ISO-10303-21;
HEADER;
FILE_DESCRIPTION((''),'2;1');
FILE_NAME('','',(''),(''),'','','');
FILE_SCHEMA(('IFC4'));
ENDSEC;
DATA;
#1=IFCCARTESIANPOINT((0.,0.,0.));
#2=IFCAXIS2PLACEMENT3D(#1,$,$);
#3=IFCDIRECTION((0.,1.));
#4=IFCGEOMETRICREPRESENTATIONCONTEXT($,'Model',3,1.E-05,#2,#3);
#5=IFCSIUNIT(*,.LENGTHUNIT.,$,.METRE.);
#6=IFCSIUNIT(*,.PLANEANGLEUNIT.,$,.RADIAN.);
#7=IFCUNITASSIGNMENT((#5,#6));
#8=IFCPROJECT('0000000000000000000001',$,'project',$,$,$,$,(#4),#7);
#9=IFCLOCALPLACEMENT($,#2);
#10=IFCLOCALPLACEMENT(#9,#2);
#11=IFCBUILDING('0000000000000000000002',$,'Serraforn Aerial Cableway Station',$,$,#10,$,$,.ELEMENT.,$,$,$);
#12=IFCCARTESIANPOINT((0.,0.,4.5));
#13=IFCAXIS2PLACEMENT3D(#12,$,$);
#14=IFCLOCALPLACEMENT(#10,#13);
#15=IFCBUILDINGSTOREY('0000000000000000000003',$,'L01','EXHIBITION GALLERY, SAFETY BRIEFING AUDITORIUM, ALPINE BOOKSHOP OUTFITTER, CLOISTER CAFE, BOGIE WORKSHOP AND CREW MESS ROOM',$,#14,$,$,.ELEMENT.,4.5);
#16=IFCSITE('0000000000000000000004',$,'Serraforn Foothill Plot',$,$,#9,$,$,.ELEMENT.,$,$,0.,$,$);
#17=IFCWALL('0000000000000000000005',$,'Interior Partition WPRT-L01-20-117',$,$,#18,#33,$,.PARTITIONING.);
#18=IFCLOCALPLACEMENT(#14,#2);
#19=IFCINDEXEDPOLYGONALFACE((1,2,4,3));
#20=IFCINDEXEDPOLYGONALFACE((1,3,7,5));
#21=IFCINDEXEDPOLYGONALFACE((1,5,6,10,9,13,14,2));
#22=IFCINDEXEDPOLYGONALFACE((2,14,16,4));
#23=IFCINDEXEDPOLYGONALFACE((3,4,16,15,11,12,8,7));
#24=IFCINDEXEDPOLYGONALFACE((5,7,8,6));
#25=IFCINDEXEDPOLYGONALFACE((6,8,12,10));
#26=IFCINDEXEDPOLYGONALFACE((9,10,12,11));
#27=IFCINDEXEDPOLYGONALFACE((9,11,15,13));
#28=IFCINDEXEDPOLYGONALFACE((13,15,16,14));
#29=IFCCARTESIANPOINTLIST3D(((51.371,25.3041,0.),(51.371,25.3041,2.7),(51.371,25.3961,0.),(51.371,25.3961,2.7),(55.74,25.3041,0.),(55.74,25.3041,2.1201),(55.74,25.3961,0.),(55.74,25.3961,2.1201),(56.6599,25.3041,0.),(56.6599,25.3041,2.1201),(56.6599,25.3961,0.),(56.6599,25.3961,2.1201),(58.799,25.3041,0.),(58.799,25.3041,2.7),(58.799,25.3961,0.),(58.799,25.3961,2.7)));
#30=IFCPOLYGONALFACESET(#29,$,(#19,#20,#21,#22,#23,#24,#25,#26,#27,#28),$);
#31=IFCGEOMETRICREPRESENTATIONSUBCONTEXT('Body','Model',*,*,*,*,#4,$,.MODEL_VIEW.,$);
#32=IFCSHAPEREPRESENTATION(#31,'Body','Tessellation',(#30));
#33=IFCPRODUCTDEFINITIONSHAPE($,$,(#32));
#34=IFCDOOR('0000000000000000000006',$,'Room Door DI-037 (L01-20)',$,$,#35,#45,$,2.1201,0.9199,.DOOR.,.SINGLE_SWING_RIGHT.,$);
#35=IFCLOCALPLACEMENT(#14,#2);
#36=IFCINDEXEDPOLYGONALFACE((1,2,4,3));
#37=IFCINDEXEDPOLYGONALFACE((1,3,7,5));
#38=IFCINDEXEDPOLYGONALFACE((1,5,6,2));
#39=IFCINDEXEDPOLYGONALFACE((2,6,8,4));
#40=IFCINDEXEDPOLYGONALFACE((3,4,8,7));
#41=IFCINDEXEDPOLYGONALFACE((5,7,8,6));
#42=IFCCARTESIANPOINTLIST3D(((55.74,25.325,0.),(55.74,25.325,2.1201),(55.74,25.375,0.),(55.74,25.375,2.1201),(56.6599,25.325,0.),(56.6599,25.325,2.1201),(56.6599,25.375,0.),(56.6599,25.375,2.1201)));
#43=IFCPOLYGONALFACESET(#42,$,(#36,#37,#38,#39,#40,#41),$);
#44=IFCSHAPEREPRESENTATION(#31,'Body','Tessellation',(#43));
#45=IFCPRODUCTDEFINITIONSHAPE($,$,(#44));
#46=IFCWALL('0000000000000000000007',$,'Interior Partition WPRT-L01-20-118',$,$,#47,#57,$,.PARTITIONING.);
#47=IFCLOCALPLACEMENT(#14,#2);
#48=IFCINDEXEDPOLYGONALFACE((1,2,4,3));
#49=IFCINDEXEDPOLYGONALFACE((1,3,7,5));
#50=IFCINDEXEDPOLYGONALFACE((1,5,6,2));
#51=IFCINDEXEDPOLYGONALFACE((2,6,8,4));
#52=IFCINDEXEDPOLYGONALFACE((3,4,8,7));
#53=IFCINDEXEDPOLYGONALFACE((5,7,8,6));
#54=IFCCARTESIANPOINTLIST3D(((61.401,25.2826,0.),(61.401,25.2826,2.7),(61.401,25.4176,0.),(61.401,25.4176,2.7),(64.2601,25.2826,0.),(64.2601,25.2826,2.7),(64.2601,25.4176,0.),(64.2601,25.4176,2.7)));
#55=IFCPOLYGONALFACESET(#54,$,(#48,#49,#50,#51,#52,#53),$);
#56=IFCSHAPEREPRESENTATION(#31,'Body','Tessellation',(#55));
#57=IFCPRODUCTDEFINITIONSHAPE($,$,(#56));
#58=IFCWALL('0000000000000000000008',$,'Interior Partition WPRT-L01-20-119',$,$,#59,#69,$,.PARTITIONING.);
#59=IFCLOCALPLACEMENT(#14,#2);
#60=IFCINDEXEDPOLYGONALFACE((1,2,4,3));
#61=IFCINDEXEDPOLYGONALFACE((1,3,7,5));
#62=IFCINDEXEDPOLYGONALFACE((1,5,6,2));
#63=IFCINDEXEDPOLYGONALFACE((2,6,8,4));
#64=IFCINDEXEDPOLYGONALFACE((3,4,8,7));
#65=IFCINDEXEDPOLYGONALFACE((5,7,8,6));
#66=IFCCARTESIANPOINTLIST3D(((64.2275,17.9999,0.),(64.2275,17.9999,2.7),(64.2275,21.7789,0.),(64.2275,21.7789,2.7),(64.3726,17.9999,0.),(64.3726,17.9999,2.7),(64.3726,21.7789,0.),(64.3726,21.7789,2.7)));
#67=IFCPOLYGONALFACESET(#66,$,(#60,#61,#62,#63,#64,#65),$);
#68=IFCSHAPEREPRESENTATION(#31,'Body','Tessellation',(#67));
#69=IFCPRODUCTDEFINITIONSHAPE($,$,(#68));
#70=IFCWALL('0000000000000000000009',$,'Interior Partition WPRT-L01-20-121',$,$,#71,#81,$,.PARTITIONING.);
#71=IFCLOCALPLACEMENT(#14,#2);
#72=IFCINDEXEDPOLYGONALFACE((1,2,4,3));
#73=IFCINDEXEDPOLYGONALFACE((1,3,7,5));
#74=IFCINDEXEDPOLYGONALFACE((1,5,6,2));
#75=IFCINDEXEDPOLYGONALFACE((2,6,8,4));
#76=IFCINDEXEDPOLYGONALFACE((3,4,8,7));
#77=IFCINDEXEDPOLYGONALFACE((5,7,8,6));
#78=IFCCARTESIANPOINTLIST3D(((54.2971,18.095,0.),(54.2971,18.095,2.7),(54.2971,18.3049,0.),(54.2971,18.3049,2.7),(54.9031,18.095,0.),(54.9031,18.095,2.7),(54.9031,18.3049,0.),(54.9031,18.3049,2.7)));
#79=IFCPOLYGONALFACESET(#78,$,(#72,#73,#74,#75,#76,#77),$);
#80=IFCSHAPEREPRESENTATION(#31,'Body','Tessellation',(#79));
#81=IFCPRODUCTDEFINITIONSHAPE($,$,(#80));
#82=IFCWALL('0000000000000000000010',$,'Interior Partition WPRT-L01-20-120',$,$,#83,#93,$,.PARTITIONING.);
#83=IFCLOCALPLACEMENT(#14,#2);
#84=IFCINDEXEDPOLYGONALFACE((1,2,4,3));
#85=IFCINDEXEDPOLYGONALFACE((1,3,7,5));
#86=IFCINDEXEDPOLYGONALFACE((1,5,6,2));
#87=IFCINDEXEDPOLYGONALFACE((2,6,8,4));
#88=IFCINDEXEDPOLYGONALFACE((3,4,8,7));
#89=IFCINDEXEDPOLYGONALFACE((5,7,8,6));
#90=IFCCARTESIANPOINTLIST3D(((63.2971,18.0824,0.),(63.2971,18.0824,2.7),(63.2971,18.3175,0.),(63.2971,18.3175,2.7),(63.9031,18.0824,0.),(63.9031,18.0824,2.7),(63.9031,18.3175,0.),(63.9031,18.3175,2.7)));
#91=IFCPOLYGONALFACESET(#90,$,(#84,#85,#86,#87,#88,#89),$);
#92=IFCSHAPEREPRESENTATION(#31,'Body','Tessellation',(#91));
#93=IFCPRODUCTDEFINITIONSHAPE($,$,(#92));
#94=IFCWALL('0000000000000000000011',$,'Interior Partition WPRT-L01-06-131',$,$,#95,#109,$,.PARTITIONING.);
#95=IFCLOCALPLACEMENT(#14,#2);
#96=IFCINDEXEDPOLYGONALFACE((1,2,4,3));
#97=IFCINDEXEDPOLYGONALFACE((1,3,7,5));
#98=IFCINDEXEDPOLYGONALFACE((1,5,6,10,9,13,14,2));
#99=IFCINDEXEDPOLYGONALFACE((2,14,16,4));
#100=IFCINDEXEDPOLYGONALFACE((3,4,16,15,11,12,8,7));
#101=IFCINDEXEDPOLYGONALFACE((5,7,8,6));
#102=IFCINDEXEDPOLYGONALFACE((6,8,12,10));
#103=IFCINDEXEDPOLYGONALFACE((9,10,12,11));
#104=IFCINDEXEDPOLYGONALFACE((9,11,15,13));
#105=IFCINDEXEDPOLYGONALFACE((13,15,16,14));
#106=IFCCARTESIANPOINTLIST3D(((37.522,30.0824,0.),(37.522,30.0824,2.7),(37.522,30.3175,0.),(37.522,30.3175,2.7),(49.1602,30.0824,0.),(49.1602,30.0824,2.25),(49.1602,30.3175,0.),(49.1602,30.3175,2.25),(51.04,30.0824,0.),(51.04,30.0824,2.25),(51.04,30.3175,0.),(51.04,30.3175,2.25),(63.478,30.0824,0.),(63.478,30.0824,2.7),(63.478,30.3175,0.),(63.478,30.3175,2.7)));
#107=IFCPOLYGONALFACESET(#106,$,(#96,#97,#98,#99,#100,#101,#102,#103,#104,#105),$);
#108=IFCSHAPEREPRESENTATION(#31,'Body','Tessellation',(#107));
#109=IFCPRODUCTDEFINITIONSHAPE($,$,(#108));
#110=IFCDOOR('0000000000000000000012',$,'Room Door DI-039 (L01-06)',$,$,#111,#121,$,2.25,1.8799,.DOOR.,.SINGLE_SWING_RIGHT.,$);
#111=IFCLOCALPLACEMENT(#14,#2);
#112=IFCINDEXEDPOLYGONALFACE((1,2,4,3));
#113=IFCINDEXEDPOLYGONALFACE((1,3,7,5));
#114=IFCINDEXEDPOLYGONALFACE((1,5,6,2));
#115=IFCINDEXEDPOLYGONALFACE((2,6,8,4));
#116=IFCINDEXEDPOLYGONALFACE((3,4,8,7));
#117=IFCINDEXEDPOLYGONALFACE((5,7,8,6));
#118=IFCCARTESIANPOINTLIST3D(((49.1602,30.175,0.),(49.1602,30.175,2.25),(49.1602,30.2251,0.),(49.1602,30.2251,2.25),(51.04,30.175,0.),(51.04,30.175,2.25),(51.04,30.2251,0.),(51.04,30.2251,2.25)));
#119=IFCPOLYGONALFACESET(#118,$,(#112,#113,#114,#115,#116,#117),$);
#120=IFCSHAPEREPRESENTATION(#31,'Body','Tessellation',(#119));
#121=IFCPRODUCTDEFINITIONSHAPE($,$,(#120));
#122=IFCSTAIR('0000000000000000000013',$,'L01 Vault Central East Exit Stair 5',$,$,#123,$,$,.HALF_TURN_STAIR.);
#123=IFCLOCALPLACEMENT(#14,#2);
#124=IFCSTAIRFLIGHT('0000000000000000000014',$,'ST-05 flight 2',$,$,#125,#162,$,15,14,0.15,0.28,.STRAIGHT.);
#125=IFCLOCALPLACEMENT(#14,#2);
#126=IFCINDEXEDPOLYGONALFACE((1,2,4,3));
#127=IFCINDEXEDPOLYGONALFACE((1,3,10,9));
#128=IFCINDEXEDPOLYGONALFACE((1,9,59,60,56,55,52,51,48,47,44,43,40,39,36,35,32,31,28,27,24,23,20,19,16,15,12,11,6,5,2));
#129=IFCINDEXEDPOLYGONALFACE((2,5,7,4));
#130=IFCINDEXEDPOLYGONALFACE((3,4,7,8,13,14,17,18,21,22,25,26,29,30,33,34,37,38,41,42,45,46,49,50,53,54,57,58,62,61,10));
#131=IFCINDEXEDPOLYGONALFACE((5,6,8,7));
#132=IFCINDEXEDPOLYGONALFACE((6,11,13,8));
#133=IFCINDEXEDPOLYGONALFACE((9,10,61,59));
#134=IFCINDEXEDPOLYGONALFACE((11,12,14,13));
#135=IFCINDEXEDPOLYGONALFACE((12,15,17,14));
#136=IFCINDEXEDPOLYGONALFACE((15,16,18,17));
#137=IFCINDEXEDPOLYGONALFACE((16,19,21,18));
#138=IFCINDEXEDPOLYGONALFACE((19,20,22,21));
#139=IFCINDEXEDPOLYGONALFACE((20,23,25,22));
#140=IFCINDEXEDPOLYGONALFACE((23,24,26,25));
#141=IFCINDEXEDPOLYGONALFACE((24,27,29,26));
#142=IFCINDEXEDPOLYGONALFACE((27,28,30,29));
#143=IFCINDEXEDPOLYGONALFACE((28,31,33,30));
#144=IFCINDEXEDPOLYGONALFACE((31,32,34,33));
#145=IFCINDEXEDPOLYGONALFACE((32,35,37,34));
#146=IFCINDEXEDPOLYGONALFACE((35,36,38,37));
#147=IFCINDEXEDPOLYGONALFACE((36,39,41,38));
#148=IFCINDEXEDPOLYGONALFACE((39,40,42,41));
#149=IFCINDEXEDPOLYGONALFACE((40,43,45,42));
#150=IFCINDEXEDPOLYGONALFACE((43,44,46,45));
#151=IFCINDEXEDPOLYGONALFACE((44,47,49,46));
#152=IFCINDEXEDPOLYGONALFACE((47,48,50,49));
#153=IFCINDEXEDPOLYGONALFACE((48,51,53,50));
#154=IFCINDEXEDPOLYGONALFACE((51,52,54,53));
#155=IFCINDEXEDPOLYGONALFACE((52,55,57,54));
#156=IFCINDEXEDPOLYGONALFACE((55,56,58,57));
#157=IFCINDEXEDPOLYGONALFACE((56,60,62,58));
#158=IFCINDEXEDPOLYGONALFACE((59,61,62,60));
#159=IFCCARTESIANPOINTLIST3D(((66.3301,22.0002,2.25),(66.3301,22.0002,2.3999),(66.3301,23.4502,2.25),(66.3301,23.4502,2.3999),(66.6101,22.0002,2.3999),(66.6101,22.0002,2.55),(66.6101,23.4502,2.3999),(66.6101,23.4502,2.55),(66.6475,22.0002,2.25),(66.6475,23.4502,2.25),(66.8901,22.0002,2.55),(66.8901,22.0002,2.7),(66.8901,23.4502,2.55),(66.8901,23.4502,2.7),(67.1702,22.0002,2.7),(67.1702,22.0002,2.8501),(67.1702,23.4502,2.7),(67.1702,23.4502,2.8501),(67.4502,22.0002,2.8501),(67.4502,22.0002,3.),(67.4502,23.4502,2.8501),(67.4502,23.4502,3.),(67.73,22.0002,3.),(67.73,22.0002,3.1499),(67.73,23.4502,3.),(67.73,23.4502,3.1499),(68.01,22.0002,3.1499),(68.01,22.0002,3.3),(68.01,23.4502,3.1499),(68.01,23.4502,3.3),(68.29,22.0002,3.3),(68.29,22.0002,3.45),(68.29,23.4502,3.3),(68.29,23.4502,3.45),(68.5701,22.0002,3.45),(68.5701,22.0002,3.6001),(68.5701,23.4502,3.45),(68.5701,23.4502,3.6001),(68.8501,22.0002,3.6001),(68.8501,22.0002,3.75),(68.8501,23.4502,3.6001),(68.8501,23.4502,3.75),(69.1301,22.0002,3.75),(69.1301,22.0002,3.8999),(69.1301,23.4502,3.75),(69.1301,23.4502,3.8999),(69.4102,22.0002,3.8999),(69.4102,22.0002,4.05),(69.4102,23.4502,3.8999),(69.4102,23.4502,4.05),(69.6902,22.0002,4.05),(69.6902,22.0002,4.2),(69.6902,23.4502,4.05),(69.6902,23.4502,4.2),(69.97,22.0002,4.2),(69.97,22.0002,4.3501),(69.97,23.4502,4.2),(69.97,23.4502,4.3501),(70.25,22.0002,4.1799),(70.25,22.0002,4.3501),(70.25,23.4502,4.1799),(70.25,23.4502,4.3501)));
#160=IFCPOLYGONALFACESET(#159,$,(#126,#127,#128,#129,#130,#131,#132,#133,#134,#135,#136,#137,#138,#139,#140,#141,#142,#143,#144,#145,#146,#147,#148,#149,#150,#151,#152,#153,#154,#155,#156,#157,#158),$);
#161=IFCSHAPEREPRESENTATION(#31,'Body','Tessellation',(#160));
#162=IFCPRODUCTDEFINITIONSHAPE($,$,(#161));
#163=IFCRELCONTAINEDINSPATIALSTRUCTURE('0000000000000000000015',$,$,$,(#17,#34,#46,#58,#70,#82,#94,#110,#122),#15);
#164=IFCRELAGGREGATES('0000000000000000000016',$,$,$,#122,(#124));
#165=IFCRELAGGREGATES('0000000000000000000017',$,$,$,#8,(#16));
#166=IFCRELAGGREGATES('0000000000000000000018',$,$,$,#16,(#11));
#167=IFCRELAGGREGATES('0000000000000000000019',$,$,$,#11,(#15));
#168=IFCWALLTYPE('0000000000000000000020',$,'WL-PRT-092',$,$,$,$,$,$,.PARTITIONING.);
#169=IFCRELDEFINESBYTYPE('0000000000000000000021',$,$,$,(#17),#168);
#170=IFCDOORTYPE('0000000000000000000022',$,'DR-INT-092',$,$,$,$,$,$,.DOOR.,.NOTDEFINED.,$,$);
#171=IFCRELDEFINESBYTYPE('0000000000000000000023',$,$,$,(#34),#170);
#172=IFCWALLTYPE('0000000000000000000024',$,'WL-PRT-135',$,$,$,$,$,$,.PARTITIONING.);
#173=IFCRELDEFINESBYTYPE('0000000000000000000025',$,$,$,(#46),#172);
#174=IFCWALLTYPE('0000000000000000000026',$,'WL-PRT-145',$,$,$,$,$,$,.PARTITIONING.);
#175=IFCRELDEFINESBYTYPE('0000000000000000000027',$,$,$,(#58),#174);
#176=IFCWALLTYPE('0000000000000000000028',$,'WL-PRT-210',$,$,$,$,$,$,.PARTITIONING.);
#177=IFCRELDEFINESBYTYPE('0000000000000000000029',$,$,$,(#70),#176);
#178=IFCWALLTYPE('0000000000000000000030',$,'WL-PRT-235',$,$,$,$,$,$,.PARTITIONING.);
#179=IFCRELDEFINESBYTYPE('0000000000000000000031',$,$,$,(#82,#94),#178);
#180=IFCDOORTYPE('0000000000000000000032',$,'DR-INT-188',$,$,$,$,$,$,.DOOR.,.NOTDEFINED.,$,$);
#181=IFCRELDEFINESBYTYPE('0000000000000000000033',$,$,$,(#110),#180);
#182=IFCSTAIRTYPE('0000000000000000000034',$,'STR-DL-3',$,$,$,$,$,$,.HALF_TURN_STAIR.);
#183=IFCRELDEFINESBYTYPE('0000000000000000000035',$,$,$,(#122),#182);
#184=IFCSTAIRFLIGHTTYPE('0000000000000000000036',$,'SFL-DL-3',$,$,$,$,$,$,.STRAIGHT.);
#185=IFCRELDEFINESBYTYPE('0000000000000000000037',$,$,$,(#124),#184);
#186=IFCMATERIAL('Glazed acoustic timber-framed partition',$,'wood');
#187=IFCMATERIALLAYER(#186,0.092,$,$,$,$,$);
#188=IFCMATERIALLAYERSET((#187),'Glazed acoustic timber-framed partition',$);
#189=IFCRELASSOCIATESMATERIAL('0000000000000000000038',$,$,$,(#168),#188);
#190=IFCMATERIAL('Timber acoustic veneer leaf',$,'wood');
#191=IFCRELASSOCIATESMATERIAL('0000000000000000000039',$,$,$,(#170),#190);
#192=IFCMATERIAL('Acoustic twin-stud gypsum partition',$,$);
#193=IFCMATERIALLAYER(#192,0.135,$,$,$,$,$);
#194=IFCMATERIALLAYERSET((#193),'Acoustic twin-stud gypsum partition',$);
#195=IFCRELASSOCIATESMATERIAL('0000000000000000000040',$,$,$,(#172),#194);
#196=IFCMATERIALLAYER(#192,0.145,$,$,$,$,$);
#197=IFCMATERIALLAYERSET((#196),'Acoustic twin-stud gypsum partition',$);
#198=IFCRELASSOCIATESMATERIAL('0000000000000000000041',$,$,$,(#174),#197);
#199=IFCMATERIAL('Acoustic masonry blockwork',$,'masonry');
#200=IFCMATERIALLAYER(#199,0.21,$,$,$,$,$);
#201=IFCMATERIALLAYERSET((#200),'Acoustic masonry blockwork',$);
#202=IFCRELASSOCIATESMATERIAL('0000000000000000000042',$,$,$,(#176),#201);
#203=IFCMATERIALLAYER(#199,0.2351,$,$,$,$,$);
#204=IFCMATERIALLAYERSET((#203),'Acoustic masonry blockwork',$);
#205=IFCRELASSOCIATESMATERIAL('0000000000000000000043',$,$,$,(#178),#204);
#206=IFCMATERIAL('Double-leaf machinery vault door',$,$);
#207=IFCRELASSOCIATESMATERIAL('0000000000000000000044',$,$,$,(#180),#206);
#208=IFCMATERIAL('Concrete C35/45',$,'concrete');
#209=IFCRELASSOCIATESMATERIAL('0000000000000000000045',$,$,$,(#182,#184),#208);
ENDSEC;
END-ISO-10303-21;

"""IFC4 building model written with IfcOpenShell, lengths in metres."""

from ifc_helpers import new_model, si_unit, direction, frame, frame_2d, origin, place, context, subcontext, project, spatial, polyline, rectangle, outline, extrude, material, layer, layer_set, type_object, element, fill, aggregate, save


model = new_model("IFC4")

# Units and contexts
model_context = context("Model", 3, precision=1e-05, world=origin(), true_north=direction((0.0, 1.0)))
body_context = subcontext(model_context, "Body", "Model", "MODEL_VIEW")
ifc_project = project(units=[si_unit("LENGTHUNIT", "METRE"), si_unit("PLANEANGLEUNIT", "RADIAN")], contexts=[model_context])

# Site, building, storey
site_placement = place(None, origin())
site = spatial("IfcSite", under=ifc_project, at=site_placement, Name="Serraforn Foothill Plot", CompositionType="ELEMENT", RefElevation=0.0)
building_placement = place(site_placement, origin())
building = spatial("IfcBuilding", under=site, at=building_placement, Name="Serraforn Aerial Cableway Station", CompositionType="ELEMENT")
storey_placement = place(building_placement, frame((0.0, 0.0, 4.5)))
storey = spatial("IfcBuildingStorey", under=building, at=storey_placement, Name="L01", Description="EXHIBITION GALLERY, SAFETY BRIEFING AUDITORIUM, ALPINE BOOKSHOP OUTFITTER, CLOISTER CAFE, BOGIE WORKSHOP AND CREW MESS ROOM", CompositionType="ELEMENT", Elevation=4.5)

# Shared definitions
ifc_material_1 = material(Name="Concrete C35/45", Category="concrete")

# Wall, opening, door
ifc_material_2 = material(Name="Glazed acoustic timber-framed partition", Category="wood")
ifc_layer_1 = layer(ifc_material_2, 0.092)
ifc_layer_set_1 = layer_set([ifc_layer_1], Name="Glazed acoustic timber-framed partition")
wall_type_1 = type_object("IfcWallType", Name="WL-PRT-092", PredefinedType="PARTITIONING", material=ifc_layer_set_1)
wall_1_placement = place(storey_placement, frame((51.3711, 25.3501, 0.0), z_axis=(0.0, 0.0, 1.0), x_axis=(1.0, 0.0, 0.0)))
wall_1 = element("IfcWall", 1, at=wall_1_placement, inside=storey, type_object=wall_type_1, Name="Interior Partition WPRT-L01-20-117", PredefinedType="PARTITIONING", context=body_context, shape_type="SweptSolid", body=[
    extrude(rectangle(XDim=7.428, YDim=0.092, at=frame_2d((3.7139, 0.0))), origin(), (0.0, 0.0, 1.0), 2.7),
])
opening_1_placement = place(wall_1_placement, frame((4.3689, 0.0, 0.0)))
opening_1 = element("IfcOpeningElement", 2, at=opening_1_placement, cuts=wall_1, PredefinedType="OPENING", context=body_context, shape_type="SweptSolid", body=[
    extrude(rectangle(XDim=0.9199, YDim=2.1201, at=frame_2d((0.46, 1.0601))), frame((0.0, 0.0559, 0.0), z_axis=(0.0, -1.0, 0.0), x_axis=(1.0, 0.0, 0.0)), (0.0, 0.0, 1.0), 0.1121),
])
ifc_material_3 = material(Name="Timber acoustic veneer leaf", Category="wood")
door_type_1 = type_object("IfcDoorType", Name="DR-INT-092", OperationType="NOTDEFINED", PredefinedType="DOOR", material=ifc_material_3)
door_1_placement = place(opening_1_placement, origin())
door_1 = element("IfcDoor", 3, at=door_1_placement, inside=storey, type_object=door_type_1, Name="Room Door DI-037 (L01-20)", OperationType="SINGLE_SWING_RIGHT", OverallHeight=2.1201, OverallWidth=0.9199, PredefinedType="DOOR", context=body_context, shape_type="SweptSolid", body=[
    extrude(rectangle(XDim=0.9199, YDim=2.1201, at=frame_2d((0.46, 1.0601))), frame((0.0, 0.0249, 0.0), z_axis=(0.0, -1.0, 0.0), x_axis=(1.0, 0.0, 0.0)), (0.0, 0.0, 1.0), 0.05),
])
fill(opening_1, door_1)

# Walls
ifc_material_4 = material(Name="Acoustic twin-stud gypsum partition")
ifc_layer_2 = layer(ifc_material_4, 0.135)
ifc_layer_set_2 = layer_set([ifc_layer_2], Name="Acoustic twin-stud gypsum partition")
wall_type_2 = type_object("IfcWallType", Name="WL-PRT-135", PredefinedType="PARTITIONING", material=ifc_layer_set_2)
wall_2_placement = place(storey_placement, frame((61.4009, 25.3501, 0.0), z_axis=(0.0, 0.0, 1.0), x_axis=(1.0, 0.0, 0.0)))
element("IfcWall", 4, at=wall_2_placement, inside=storey, type_object=wall_type_2, Name="Interior Partition WPRT-L01-20-118", PredefinedType="PARTITIONING", context=body_context, shape_type="SweptSolid", body=[
    extrude(rectangle(XDim=2.8591, YDim=0.135, at=frame_2d((1.4297, 0.0))), origin(), (0.0, 0.0, 1.0), 2.7),
])
ifc_layer_3 = layer(ifc_material_4, 0.145)
ifc_layer_set_3 = layer_set([ifc_layer_3], Name="Acoustic twin-stud gypsum partition")
wall_type_3 = type_object("IfcWallType", Name="WL-PRT-145", PredefinedType="PARTITIONING", material=ifc_layer_set_3)
wall_3_placement = place(storey_placement, frame((64.3, 21.7791, 0.0), z_axis=(0.0, 0.0, 1.0), x_axis=(0.0, -1.0, 0.0)))
element("IfcWall", 5, at=wall_3_placement, inside=storey, type_object=wall_type_3, Name="Interior Partition WPRT-L01-20-119", PredefinedType="PARTITIONING", context=body_context, shape_type="SweptSolid", body=[
    extrude(rectangle(XDim=3.7791, YDim=0.145, at=frame_2d((1.8896, 0.0))), origin(), (0.0, 0.0, 1.0), 2.7),
])
ifc_material_5 = material(Name="Acoustic masonry blockwork", Category="masonry")
ifc_layer_4 = layer(ifc_material_5, 0.21)
ifc_layer_set_4 = layer_set([ifc_layer_4], Name="Acoustic masonry blockwork")
wall_type_4 = type_object("IfcWallType", Name="WL-PRT-210", PredefinedType="PARTITIONING", material=ifc_layer_set_4)
wall_4_placement = place(storey_placement, frame((54.9031, 18.2, 0.0), z_axis=(0.0, 0.0, 1.0), x_axis=(-1.0, 0.0, 0.0)))
element("IfcWall", 6, at=wall_4_placement, inside=storey, type_object=wall_type_4, Name="Interior Partition WPRT-L01-20-121", PredefinedType="PARTITIONING", context=body_context, shape_type="SweptSolid", body=[
    extrude(rectangle(XDim=0.606, YDim=0.21, at=frame_2d((0.303, 0.0))), origin(), (0.0, 0.0, 1.0), 2.7),
])
ifc_layer_5 = layer(ifc_material_5, 0.2351)
ifc_layer_set_5 = layer_set([ifc_layer_5], Name="Acoustic masonry blockwork")
wall_type_5 = type_object("IfcWallType", Name="WL-PRT-235", PredefinedType="PARTITIONING", material=ifc_layer_set_5)
wall_5_placement = place(storey_placement, frame((63.9031, 18.2, 0.0), z_axis=(0.0, 0.0, 1.0), x_axis=(-1.0, 0.0, 0.0)))
element("IfcWall", 7, at=wall_5_placement, inside=storey, type_object=wall_type_5, Name="Interior Partition WPRT-L01-20-120", PredefinedType="PARTITIONING", context=body_context, shape_type="SweptSolid", body=[
    extrude(rectangle(XDim=0.606, YDim=0.2351, at=frame_2d((0.303, 0.0))), origin(), (0.0, 0.0, 1.0), 2.7),
])

# Wall, opening, door
wall_6_placement = place(storey_placement, frame((63.478, 30.2, 0.0), z_axis=(0.0, 0.0, 1.0), x_axis=(-1.0, 0.0, 0.0)))
wall_6 = element("IfcWall", 8, at=wall_6_placement, inside=storey, type_object=wall_type_5, Name="Interior Partition WPRT-L01-06-131", PredefinedType="PARTITIONING", context=body_context, shape_type="SweptSolid", body=[
    extrude(rectangle(XDim=25.9561, YDim=0.2351, at=frame_2d((12.978, 0.0))), origin(), (0.0, 0.0, 1.0), 2.7),
])
opening_2_placement = place(wall_6_placement, frame((12.438, 0.0, 0.0)))
opening_2 = element("IfcOpeningElement", 9, at=opening_2_placement, cuts=wall_6, PredefinedType="OPENING", context=body_context, shape_type="SweptSolid", body=[
    extrude(rectangle(XDim=1.8799, YDim=2.25, at=frame_2d((0.9399, 1.125))), frame((0.0, 0.1274, 0.0), z_axis=(0.0, -1.0, 0.0), x_axis=(1.0, 0.0, 0.0)), (0.0, 0.0, 1.0), 0.2551),
])
ifc_material_6 = material(Name="Double-leaf machinery vault door")
door_type_2 = type_object("IfcDoorType", Name="DR-INT-188", OperationType="NOTDEFINED", PredefinedType="DOOR", material=ifc_material_6)
door_2_placement = place(opening_2_placement, origin())
door_2 = element("IfcDoor", 10, at=door_2_placement, inside=storey, type_object=door_type_2, Name="Room Door DI-039 (L01-06)", OperationType="SINGLE_SWING_RIGHT", OverallHeight=2.25, OverallWidth=1.8799, PredefinedType="DOOR", context=body_context, shape_type="SweptSolid", body=[
    extrude(rectangle(XDim=1.8799, YDim=2.25, at=frame_2d((0.9399, 1.125))), frame((0.0, 0.0249, 0.0), z_axis=(0.0, -1.0, 0.0), x_axis=(1.0, 0.0, 0.0)), (0.0, 0.0, 1.0), 0.05),
])
fill(opening_2, door_2)

# Stair, stair flight
stair_type = type_object("IfcStairType", Name="STR-DL-3", PredefinedType="HALF_TURN_STAIR", material=ifc_material_1)
stair_placement = place(storey_placement, origin())
stair = element("IfcStair", 11, at=stair_placement, inside=storey, type_object=stair_type, Name="L01 Vault Central East Exit Stair 5", PredefinedType="HALF_TURN_STAIR")
stair_flight_type = type_object("IfcStairFlightType", Name="SFL-DL-3", PredefinedType="STRAIGHT", material=ifc_material_1)
stair_flight_placement = place(storey_placement, frame((66.3301, 22.7251, 2.25), z_axis=(0.0, 0.0, 1.0), x_axis=(1.0, 0.0, 0.0)))
stair_flight = element("IfcStairFlight", 12, at=stair_flight_placement, type_object=stair_flight_type, Name="ST-05 flight 2", NumberOfRisers=15, NumberOfTreads=14, PredefinedType="STRAIGHT", RiserHeight=0.15, TreadLength=0.28, context=body_context, shape_type="SweptSolid", body=[
    extrude(outline(polyline([(0.0, 0.0), (0.0, 0.1499), (0.28, 0.1499), (0.28, 0.3), (0.5601, 0.3), (0.5601, 0.45), (0.8401, 0.45), (0.8401, 0.6001), (1.1201, 0.6001), (1.1201, 0.75), (1.3999, 0.75), (1.3999, 0.8999), (1.6799, 0.8999), (1.6799, 1.05), (1.96, 1.05), (1.96, 1.2), (2.24, 1.2), (2.24, 1.3501), (2.52, 1.3501), (2.52, 1.5), (2.8, 1.5), (2.8, 1.6499), (3.0801, 1.6499), (3.0801, 1.8), (3.3601, 1.8), (3.3601, 1.95), (3.6399, 1.95), (3.6399, 2.1001), (3.9199, 2.1001), (3.9199, 2.25), (3.9199, 1.9299), (0.3174, 0.0), (0.0, 0.0)])), frame((0.0, 0.7251, 0.0), z_axis=(0.0, -1.0, 0.0), x_axis=(1.0, 0.0, 0.0)), (0.0, 0.0, 1.0), 1.45),
])
aggregate(stair, [stair_flight])

save(model, "model.ifc")
